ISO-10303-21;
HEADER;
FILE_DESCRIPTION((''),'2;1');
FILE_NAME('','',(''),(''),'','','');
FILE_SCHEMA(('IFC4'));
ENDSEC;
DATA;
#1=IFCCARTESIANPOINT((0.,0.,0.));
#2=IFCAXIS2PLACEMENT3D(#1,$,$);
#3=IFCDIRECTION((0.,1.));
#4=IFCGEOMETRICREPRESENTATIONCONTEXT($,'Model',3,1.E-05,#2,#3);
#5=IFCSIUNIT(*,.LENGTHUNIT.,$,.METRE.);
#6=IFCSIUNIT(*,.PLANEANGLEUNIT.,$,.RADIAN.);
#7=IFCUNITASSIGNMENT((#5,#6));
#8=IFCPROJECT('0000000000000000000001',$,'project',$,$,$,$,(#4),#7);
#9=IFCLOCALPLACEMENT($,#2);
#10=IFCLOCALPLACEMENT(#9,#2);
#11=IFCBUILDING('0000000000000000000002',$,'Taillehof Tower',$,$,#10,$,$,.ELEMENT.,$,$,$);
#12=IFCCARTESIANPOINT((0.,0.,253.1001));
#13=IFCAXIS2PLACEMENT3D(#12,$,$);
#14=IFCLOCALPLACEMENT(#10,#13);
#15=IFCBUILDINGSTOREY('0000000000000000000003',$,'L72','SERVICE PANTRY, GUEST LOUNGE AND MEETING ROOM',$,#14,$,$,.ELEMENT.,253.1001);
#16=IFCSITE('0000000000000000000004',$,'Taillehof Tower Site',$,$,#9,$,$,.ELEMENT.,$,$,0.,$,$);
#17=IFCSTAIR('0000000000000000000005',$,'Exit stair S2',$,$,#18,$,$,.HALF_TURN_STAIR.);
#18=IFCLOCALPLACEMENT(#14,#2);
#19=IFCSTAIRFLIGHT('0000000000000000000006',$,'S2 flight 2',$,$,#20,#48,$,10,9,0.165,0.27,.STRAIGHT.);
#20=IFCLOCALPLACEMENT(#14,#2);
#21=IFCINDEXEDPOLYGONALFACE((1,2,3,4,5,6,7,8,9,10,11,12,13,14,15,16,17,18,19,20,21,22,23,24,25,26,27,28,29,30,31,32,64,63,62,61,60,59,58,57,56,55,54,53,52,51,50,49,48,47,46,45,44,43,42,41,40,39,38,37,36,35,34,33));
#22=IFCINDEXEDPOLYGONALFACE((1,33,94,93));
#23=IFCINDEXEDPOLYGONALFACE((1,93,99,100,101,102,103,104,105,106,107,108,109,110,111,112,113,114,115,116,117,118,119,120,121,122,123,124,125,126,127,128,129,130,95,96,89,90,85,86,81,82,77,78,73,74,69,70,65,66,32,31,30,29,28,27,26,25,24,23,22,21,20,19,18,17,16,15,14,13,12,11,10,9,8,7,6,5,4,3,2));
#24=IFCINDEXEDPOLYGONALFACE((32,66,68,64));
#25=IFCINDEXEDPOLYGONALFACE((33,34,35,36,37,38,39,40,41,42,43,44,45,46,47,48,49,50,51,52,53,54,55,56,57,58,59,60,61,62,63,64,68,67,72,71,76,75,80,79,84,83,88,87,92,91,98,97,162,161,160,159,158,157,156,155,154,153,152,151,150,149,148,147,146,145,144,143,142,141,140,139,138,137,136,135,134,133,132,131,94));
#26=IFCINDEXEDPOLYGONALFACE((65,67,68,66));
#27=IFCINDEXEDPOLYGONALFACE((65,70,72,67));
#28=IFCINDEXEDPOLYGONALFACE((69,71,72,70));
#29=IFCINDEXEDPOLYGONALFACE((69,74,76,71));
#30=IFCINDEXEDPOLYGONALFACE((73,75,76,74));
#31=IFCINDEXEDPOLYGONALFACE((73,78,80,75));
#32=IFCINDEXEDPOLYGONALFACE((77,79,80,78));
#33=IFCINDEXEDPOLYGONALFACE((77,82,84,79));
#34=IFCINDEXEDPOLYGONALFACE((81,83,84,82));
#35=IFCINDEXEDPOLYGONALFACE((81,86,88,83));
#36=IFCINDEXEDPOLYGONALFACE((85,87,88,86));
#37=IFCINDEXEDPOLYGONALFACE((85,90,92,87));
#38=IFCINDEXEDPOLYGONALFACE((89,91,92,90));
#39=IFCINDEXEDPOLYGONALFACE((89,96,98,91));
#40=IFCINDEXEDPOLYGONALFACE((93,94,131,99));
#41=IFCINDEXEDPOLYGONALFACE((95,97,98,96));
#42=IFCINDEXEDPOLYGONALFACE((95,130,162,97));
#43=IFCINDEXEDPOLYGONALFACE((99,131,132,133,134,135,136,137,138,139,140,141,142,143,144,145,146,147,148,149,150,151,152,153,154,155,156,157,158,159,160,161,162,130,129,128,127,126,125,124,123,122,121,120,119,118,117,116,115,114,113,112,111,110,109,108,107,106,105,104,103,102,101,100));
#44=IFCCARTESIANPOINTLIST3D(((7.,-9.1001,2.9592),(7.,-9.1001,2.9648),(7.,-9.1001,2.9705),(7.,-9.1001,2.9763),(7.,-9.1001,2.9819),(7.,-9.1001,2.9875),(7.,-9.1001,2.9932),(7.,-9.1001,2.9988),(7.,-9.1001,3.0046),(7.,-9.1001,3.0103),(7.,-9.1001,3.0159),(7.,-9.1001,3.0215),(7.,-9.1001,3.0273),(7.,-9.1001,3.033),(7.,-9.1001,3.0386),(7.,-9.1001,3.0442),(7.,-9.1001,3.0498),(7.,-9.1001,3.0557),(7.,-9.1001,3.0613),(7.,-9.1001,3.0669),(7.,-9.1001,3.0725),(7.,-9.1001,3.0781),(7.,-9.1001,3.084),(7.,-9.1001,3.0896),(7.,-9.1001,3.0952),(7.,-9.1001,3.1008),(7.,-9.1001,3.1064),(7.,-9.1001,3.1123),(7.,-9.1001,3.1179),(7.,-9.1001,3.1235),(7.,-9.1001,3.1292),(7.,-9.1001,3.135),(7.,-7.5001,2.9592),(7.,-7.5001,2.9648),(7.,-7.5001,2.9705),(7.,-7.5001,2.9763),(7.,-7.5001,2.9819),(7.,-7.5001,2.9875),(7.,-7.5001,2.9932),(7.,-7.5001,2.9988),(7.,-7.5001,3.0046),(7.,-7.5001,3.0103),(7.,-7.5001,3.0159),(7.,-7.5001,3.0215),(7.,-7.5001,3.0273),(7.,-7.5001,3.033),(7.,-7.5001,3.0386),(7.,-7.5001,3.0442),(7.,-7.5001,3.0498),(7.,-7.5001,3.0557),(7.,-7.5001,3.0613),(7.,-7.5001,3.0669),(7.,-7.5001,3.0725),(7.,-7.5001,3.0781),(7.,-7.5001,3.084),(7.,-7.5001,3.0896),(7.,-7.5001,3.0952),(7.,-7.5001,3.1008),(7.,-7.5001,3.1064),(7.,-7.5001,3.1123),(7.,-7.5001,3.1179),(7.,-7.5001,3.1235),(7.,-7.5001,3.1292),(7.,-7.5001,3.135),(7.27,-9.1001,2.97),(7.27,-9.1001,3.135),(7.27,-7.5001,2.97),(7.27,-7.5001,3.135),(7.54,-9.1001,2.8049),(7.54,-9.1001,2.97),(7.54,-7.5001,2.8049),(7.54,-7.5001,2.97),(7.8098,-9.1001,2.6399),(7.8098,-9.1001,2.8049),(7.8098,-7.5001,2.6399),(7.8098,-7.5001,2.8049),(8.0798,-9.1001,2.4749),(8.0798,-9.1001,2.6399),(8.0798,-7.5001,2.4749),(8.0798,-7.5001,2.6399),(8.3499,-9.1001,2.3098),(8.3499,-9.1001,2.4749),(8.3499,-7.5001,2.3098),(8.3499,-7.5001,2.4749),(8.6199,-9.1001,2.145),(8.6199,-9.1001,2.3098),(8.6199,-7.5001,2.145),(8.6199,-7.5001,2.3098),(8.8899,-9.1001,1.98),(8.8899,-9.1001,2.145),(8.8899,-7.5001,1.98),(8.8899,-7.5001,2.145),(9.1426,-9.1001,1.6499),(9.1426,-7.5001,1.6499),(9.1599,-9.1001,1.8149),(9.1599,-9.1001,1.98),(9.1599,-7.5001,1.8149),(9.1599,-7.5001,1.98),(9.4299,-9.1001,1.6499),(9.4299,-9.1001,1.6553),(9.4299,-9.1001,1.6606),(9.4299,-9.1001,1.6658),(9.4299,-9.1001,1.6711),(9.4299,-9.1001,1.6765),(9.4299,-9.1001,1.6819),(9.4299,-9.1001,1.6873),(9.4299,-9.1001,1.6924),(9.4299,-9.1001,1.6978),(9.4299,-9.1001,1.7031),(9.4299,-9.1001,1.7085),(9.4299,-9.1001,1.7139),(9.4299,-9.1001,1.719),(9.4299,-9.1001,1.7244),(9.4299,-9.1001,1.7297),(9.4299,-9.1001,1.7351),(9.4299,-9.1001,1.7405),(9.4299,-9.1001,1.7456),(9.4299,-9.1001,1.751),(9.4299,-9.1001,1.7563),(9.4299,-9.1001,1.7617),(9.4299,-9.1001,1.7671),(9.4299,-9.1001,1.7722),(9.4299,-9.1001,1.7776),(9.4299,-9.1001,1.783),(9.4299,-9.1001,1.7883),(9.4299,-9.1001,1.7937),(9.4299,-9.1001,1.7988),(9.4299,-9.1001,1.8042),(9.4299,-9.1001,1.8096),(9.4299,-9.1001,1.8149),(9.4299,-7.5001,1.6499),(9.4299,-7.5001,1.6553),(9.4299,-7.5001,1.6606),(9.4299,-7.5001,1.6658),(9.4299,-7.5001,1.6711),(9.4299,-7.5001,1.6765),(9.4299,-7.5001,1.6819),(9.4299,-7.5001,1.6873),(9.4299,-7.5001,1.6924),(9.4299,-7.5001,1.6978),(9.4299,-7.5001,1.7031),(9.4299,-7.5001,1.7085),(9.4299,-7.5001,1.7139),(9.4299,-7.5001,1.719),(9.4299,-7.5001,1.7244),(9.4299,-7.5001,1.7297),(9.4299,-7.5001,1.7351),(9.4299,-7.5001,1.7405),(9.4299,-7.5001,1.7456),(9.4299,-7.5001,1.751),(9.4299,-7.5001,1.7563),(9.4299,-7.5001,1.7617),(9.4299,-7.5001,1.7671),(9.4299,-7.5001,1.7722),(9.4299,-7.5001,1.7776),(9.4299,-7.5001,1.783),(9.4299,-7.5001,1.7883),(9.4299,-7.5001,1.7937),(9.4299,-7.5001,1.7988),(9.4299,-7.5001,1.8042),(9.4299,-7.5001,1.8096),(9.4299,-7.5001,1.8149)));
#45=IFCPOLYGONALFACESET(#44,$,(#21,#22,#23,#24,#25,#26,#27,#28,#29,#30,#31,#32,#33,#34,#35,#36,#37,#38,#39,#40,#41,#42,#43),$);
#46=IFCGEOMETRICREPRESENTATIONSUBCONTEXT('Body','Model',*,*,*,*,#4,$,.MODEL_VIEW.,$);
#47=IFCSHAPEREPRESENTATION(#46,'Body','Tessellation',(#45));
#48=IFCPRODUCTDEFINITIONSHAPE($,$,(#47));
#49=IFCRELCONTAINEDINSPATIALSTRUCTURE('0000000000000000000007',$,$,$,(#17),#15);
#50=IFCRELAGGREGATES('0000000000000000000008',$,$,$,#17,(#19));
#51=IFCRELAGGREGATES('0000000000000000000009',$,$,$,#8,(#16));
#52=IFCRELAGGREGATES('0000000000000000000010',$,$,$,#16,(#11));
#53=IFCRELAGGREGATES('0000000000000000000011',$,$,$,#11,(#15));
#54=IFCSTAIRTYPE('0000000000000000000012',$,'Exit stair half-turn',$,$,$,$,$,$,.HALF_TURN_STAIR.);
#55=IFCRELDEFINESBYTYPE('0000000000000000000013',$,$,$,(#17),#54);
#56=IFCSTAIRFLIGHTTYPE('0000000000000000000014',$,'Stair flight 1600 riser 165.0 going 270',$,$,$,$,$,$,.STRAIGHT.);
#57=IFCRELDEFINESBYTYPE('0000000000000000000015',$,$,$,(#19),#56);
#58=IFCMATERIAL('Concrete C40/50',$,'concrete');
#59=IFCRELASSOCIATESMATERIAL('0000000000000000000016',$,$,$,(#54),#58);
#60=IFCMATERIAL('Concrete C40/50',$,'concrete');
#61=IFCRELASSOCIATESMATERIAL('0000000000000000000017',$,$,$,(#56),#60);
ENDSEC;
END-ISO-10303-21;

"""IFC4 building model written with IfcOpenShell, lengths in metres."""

from ifc_helpers import new_model, si_unit, direction, frame, origin, place, context, subcontext, project, spatial, polyline, outline, extrude, material, type_object, element, aggregate, save


model = new_model("IFC4")

# Units and contexts
model_context = context("Model", 3, precision=1e-05, world=origin(), true_north=direction((0.0, 1.0)))
body_context = subcontext(model_context, "Body", "Model", "MODEL_VIEW")
ifc_project = project(units=[si_unit("LENGTHUNIT", "METRE"), si_unit("PLANEANGLEUNIT", "RADIAN")], contexts=[model_context])

# Site, building, storey
site_placement = place(None, origin())
site = spatial("IfcSite", under=ifc_project, at=site_placement, Name="Taillehof Tower Site", CompositionType="ELEMENT", RefElevation=0.0)
building_placement = place(site_placement, origin())
building = spatial("IfcBuilding", under=site, at=building_placement, Name="Taillehof Tower", CompositionType="ELEMENT")
storey_placement = place(building_placement, frame((0.0, 0.0, 253.1001)))
storey = spatial("IfcBuildingStorey", under=building, at=storey_placement, Name="L72", Description="SERVICE PANTRY, GUEST LOUNGE AND MEETING ROOM", CompositionType="ELEMENT", Elevation=253.1001)

# Stair, stair flight
ifc_material_1 = material(Name="Concrete C40/50", Category="concrete")
stair_type = type_object("IfcStairType", Name="Exit stair half-turn", PredefinedType="HALF_TURN_STAIR", material=ifc_material_1)
stair_placement = place(storey_placement, origin())
stair = element("IfcStair", 1, at=stair_placement, inside=storey, type_object=stair_type, Name="Exit stair S2", PredefinedType="HALF_TURN_STAIR")
ifc_material_2 = material(Name="Concrete C40/50", Category="concrete")
stair_flight_type = type_object("IfcStairFlightType", Name="Stair flight 1600 riser 165.0 going 270", PredefinedType="STRAIGHT", material=ifc_material_2)
stair_flight_placement = place(storey_placement, frame((9.4299, -8.3, 1.6499), z_axis=(0.0, 0.0, 1.0), x_axis=(-1.0, 0.0, 0.0)))
stair_flight = element("IfcStairFlight", 2, at=stair_flight_placement, type_object=stair_flight_type, Name="S2 flight 2", NumberOfRisers=10, NumberOfTreads=9, PredefinedType="STRAIGHT", RiserHeight=0.165, TreadLength=0.27, context=body_context, shape_type="SweptSolid", body=[
    extrude(outline(polyline([(0.0, 0.0), (0.0, 0.0054), (0.0, 0.0107), (0.0, 0.0159), (0.0, 0.0212), (0.0, 0.0266), (0.0, 0.032), (0.0, 0.0374), (0.0, 0.0425), (0.0, 0.0479), (0.0, 0.0532), (0.0, 0.0586), (0.0, 0.064), (0.0, 0.0691), (0.0, 0.0745), (0.0, 0.0798), (0.0, 0.0852), (0.0, 0.0906), (0.0, 0.0957), (0.0, 0.1011), (0.0, 0.1064), (0.0, 0.1118), (0.0, 0.1172), (0.0, 0.1223), (0.0, 0.1277), (0.0, 0.1331), (0.0, 0.1384), (0.0, 0.1438), (0.0, 0.1489), (0.0, 0.1543), (0.0, 0.1597), (0.0, 0.165), (0.27, 0.165), (0.27, 0.3301), (0.54, 0.3301), (0.54, 0.4951), (0.8101, 0.4951), (0.8101, 0.6599), (1.0801, 0.6599), (1.0801, 0.825), (1.3501, 0.825), (1.3501, 0.99), (1.6201, 0.99), (1.6201, 1.155), (1.8899, 1.155), (1.8899, 1.3201), (2.1599, 1.3201), (2.1599, 1.4851), (2.4299, 1.4851), (2.4299, 1.4792), (2.4299, 1.4736), (2.4299, 1.468), (2.4299, 1.4624), (2.4299, 1.4565), (2.4299, 1.4509), (2.4299, 1.4453), (2.4299, 1.4397), (2.4299, 1.4341), (2.4299, 1.4282), (2.4299, 1.4226), (2.4299, 1.417), (2.4299, 1.4114), (2.4299, 1.4058), (2.4299, 1.3999), (2.4299, 1.3943), (2.4299, 1.3887), (2.4299, 1.3831), (2.4299, 1.3774), (2.4299, 1.3716), (2.4299, 1.366), (2.4299, 1.3604), (2.4299, 1.3547), (2.4299, 1.3489), (2.4299, 1.3433), (2.4299, 1.3376), (2.4299, 1.332), (2.4299, 1.3264), (2.4299, 1.3206), (2.4299, 1.3149), (2.4299, 1.3093), (0.2874, 0.0), (0.0, 0.0)])), frame((0.0, 0.8, 0.0), z_axis=(0.0, -1.0, 0.0), x_axis=(1.0, 0.0, 0.0)), (0.0, 0.0, 1.0), 1.6),
])
aggregate(stair, [stair_flight])

save(model, "model.ifc")
